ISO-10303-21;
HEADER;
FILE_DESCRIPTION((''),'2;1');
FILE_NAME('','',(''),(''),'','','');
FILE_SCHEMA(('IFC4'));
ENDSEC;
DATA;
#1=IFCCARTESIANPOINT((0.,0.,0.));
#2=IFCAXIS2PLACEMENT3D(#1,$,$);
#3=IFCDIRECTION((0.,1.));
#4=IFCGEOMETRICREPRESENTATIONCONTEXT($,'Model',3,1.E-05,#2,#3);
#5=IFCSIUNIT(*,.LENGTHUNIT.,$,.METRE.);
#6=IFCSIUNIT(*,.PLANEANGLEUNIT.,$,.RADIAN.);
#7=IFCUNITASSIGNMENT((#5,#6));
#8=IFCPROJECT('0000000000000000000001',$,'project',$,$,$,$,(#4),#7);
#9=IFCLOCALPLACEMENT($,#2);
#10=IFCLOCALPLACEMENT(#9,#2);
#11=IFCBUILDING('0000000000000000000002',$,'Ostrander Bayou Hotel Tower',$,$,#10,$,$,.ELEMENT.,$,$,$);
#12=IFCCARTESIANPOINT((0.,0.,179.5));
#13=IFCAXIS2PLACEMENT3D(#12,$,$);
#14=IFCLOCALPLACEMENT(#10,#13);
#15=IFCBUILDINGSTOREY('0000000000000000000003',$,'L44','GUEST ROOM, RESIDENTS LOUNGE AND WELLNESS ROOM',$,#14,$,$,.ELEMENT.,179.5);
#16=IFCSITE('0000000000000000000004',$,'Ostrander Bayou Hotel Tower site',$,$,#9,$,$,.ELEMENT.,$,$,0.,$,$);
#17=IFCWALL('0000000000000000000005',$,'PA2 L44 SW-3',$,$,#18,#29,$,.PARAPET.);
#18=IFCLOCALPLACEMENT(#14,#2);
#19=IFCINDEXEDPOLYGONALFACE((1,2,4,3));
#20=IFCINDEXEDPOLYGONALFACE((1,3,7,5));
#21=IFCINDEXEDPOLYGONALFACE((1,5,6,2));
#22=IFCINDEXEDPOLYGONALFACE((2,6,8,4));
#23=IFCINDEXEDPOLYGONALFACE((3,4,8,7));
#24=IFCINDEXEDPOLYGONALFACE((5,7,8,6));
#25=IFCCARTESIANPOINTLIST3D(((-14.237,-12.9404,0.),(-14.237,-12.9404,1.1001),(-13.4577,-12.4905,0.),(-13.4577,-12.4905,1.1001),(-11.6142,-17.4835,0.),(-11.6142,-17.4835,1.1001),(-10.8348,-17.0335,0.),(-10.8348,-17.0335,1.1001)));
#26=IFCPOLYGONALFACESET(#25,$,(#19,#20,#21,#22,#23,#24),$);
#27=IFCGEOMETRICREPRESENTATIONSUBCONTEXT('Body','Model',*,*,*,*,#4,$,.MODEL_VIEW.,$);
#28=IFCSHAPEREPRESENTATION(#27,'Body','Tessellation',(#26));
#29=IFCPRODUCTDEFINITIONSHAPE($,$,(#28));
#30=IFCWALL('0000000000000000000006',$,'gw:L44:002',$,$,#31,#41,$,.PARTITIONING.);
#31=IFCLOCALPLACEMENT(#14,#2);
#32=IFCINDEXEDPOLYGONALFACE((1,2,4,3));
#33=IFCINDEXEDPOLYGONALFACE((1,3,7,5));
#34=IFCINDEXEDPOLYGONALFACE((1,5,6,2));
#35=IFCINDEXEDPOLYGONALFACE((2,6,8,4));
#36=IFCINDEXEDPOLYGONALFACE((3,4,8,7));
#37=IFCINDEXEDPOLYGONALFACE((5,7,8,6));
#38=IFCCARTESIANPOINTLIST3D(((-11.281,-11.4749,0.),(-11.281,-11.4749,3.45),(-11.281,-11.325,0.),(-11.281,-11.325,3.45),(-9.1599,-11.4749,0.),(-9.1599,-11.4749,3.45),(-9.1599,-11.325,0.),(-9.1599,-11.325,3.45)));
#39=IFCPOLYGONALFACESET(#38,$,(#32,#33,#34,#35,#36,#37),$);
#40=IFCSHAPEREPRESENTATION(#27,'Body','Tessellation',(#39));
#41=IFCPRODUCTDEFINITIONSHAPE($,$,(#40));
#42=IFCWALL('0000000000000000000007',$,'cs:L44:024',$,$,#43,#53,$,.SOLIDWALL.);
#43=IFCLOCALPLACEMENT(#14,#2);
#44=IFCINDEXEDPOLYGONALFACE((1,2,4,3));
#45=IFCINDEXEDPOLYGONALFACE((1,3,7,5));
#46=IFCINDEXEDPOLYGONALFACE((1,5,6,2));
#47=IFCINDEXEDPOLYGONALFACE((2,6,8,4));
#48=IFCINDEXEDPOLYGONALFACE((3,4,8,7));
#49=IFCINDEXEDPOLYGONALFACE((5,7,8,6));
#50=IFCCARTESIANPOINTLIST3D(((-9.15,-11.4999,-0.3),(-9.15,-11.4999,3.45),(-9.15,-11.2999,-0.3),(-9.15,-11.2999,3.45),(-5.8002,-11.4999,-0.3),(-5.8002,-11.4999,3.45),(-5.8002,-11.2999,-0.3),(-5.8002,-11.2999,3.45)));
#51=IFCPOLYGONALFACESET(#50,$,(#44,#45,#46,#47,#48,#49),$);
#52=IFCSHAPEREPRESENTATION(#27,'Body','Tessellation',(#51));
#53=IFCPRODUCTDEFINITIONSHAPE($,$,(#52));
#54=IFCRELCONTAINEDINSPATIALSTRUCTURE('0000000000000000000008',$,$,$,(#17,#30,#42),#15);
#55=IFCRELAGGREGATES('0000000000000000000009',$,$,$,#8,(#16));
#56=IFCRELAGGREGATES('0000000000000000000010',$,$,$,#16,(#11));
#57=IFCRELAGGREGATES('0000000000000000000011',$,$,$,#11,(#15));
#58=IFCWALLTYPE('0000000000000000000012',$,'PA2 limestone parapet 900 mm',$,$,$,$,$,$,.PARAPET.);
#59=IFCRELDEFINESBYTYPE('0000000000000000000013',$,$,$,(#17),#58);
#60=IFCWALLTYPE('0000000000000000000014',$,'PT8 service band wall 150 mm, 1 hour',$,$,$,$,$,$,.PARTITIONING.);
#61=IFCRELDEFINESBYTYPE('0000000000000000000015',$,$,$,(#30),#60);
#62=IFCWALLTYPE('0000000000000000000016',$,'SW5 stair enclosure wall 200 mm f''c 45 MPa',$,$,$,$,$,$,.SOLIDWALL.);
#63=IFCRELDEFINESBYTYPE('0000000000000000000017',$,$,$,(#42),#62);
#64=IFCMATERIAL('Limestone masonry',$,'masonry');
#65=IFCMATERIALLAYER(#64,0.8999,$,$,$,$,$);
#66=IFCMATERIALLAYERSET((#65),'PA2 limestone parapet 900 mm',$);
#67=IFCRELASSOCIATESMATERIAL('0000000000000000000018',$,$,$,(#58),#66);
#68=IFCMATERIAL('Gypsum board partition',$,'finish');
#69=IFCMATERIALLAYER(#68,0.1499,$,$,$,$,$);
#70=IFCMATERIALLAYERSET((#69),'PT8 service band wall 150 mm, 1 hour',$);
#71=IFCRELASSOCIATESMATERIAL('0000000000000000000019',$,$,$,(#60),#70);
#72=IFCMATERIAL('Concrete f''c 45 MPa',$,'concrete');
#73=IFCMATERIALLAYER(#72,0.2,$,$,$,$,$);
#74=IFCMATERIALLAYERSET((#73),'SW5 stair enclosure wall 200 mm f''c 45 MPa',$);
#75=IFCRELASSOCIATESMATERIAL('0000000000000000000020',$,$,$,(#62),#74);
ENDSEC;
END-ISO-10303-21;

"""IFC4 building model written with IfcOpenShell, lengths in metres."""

from ifc_helpers import new_model, si_unit, direction, frame, frame_2d, origin, place, context, subcontext, project, spatial, rectangle, extrude, material, layer, layer_set, type_object, element, save


model = new_model("IFC4")

# Units and contexts
model_context = context("Model", 3, precision=1e-05, world=origin(), true_north=direction((0.0, 1.0)))
body_context = subcontext(model_context, "Body", "Model", "MODEL_VIEW")
ifc_project = project(units=[si_unit("LENGTHUNIT", "METRE"), si_unit("PLANEANGLEUNIT", "RADIAN")], contexts=[model_context])

# Site, building, storey
site_placement = place(None, origin())
site = spatial("IfcSite", under=ifc_project, at=site_placement, Name="Ostrander Bayou Hotel Tower site", CompositionType="ELEMENT", RefElevation=0.0)
building_placement = place(site_placement, origin())
building = spatial("IfcBuilding", under=site, at=building_placement, Name="Ostrander Bayou Hotel Tower", CompositionType="ELEMENT")
storey_placement = place(building_placement, frame((0.0, 0.0, 179.5)))
storey = spatial("IfcBuildingStorey", under=building, at=storey_placement, Name="L44", Description="GUEST ROOM, RESIDENTS LOUNGE AND WELLNESS ROOM", CompositionType="ELEMENT", Elevation=179.5)

# Walls
ifc_material_1 = material(Name="Limestone masonry", Category="masonry")
ifc_layer_1 = layer(ifc_material_1, 0.8999)
ifc_layer_set_1 = layer_set([ifc_layer_1], Name="PA2 limestone parapet 900 mm")
wall_type_1 = type_object("IfcWallType", Name="PA2 limestone parapet 900 mm", PredefinedType="PARAPET", material=ifc_layer_set_1)
wall_1_placement = place(storey_placement, frame((-13.8474, -12.7153, 0.0), z_axis=(0.0, 0.0, 1.0), x_axis=(0.499988, -0.866032, 0.0)))
element("IfcWall", 1, at=wall_1_placement, inside=storey, type_object=wall_type_1, Name="PA2 L44 SW-3", PredefinedType="PARAPET", context=body_context, shape_type="SweptSolid", body=[
    extrude(rectangle(XDim=5.2458, YDim=0.8999, at=frame_2d((2.623, 0.0))), origin(), (0.0, 0.0, 1.0), 1.1001),
])
ifc_material_2 = material(Name="Gypsum board partition", Category="finish")
ifc_layer_2 = layer(ifc_material_2, 0.1499)
ifc_layer_set_2 = layer_set([ifc_layer_2], Name="PT8 service band wall 150 mm, 1 hour")
wall_type_2 = type_object("IfcWallType", Name="PT8 service band wall 150 mm, 1 hour", PredefinedType="PARTITIONING", material=ifc_layer_set_2)
wall_2_placement = place(storey_placement, frame((-11.281, -11.3999, 0.0), z_axis=(0.0, 0.0, 1.0), x_axis=(1.0, 0.0, 0.0)))
element("IfcWall", 2, at=wall_2_placement, inside=storey, type_object=wall_type_2, Name="gw:L44:002", PredefinedType="PARTITIONING", context=body_context, shape_type="SweptSolid", body=[
    extrude(rectangle(XDim=2.1211, YDim=0.1499, at=frame_2d((1.0605, 0.0))), origin(), (0.0, 0.0, 1.0), 3.45),
])
ifc_material_3 = material(Name="Concrete f'c 45 MPa", Category="concrete")
ifc_layer_3 = layer(ifc_material_3, 0.2)
ifc_layer_set_3 = layer_set([ifc_layer_3], Name="SW5 stair enclosure wall 200 mm f'c 45 MPa")
wall_type_3 = type_object("IfcWallType", Name="SW5 stair enclosure wall 200 mm f'c 45 MPa", PredefinedType="SOLIDWALL", material=ifc_layer_set_3)
wall_3_placement = place(storey_placement, frame((-9.1499, -11.3999, -0.3), z_axis=(0.0, 0.0, 1.0), x_axis=(1.0, 0.0, 0.0)))
element("IfcWall", 3, at=wall_3_placement, inside=storey, type_object=wall_type_3, Name="cs:L44:024", PredefinedType="SOLIDWALL", context=body_context, shape_type="SweptSolid", body=[
    extrude(rectangle(XDim=3.3499, YDim=0.2, at=frame_2d((1.6748, 0.0))), origin(), (0.0, 0.0, 1.0), 3.75),
])

save(model, "model.ifc")
